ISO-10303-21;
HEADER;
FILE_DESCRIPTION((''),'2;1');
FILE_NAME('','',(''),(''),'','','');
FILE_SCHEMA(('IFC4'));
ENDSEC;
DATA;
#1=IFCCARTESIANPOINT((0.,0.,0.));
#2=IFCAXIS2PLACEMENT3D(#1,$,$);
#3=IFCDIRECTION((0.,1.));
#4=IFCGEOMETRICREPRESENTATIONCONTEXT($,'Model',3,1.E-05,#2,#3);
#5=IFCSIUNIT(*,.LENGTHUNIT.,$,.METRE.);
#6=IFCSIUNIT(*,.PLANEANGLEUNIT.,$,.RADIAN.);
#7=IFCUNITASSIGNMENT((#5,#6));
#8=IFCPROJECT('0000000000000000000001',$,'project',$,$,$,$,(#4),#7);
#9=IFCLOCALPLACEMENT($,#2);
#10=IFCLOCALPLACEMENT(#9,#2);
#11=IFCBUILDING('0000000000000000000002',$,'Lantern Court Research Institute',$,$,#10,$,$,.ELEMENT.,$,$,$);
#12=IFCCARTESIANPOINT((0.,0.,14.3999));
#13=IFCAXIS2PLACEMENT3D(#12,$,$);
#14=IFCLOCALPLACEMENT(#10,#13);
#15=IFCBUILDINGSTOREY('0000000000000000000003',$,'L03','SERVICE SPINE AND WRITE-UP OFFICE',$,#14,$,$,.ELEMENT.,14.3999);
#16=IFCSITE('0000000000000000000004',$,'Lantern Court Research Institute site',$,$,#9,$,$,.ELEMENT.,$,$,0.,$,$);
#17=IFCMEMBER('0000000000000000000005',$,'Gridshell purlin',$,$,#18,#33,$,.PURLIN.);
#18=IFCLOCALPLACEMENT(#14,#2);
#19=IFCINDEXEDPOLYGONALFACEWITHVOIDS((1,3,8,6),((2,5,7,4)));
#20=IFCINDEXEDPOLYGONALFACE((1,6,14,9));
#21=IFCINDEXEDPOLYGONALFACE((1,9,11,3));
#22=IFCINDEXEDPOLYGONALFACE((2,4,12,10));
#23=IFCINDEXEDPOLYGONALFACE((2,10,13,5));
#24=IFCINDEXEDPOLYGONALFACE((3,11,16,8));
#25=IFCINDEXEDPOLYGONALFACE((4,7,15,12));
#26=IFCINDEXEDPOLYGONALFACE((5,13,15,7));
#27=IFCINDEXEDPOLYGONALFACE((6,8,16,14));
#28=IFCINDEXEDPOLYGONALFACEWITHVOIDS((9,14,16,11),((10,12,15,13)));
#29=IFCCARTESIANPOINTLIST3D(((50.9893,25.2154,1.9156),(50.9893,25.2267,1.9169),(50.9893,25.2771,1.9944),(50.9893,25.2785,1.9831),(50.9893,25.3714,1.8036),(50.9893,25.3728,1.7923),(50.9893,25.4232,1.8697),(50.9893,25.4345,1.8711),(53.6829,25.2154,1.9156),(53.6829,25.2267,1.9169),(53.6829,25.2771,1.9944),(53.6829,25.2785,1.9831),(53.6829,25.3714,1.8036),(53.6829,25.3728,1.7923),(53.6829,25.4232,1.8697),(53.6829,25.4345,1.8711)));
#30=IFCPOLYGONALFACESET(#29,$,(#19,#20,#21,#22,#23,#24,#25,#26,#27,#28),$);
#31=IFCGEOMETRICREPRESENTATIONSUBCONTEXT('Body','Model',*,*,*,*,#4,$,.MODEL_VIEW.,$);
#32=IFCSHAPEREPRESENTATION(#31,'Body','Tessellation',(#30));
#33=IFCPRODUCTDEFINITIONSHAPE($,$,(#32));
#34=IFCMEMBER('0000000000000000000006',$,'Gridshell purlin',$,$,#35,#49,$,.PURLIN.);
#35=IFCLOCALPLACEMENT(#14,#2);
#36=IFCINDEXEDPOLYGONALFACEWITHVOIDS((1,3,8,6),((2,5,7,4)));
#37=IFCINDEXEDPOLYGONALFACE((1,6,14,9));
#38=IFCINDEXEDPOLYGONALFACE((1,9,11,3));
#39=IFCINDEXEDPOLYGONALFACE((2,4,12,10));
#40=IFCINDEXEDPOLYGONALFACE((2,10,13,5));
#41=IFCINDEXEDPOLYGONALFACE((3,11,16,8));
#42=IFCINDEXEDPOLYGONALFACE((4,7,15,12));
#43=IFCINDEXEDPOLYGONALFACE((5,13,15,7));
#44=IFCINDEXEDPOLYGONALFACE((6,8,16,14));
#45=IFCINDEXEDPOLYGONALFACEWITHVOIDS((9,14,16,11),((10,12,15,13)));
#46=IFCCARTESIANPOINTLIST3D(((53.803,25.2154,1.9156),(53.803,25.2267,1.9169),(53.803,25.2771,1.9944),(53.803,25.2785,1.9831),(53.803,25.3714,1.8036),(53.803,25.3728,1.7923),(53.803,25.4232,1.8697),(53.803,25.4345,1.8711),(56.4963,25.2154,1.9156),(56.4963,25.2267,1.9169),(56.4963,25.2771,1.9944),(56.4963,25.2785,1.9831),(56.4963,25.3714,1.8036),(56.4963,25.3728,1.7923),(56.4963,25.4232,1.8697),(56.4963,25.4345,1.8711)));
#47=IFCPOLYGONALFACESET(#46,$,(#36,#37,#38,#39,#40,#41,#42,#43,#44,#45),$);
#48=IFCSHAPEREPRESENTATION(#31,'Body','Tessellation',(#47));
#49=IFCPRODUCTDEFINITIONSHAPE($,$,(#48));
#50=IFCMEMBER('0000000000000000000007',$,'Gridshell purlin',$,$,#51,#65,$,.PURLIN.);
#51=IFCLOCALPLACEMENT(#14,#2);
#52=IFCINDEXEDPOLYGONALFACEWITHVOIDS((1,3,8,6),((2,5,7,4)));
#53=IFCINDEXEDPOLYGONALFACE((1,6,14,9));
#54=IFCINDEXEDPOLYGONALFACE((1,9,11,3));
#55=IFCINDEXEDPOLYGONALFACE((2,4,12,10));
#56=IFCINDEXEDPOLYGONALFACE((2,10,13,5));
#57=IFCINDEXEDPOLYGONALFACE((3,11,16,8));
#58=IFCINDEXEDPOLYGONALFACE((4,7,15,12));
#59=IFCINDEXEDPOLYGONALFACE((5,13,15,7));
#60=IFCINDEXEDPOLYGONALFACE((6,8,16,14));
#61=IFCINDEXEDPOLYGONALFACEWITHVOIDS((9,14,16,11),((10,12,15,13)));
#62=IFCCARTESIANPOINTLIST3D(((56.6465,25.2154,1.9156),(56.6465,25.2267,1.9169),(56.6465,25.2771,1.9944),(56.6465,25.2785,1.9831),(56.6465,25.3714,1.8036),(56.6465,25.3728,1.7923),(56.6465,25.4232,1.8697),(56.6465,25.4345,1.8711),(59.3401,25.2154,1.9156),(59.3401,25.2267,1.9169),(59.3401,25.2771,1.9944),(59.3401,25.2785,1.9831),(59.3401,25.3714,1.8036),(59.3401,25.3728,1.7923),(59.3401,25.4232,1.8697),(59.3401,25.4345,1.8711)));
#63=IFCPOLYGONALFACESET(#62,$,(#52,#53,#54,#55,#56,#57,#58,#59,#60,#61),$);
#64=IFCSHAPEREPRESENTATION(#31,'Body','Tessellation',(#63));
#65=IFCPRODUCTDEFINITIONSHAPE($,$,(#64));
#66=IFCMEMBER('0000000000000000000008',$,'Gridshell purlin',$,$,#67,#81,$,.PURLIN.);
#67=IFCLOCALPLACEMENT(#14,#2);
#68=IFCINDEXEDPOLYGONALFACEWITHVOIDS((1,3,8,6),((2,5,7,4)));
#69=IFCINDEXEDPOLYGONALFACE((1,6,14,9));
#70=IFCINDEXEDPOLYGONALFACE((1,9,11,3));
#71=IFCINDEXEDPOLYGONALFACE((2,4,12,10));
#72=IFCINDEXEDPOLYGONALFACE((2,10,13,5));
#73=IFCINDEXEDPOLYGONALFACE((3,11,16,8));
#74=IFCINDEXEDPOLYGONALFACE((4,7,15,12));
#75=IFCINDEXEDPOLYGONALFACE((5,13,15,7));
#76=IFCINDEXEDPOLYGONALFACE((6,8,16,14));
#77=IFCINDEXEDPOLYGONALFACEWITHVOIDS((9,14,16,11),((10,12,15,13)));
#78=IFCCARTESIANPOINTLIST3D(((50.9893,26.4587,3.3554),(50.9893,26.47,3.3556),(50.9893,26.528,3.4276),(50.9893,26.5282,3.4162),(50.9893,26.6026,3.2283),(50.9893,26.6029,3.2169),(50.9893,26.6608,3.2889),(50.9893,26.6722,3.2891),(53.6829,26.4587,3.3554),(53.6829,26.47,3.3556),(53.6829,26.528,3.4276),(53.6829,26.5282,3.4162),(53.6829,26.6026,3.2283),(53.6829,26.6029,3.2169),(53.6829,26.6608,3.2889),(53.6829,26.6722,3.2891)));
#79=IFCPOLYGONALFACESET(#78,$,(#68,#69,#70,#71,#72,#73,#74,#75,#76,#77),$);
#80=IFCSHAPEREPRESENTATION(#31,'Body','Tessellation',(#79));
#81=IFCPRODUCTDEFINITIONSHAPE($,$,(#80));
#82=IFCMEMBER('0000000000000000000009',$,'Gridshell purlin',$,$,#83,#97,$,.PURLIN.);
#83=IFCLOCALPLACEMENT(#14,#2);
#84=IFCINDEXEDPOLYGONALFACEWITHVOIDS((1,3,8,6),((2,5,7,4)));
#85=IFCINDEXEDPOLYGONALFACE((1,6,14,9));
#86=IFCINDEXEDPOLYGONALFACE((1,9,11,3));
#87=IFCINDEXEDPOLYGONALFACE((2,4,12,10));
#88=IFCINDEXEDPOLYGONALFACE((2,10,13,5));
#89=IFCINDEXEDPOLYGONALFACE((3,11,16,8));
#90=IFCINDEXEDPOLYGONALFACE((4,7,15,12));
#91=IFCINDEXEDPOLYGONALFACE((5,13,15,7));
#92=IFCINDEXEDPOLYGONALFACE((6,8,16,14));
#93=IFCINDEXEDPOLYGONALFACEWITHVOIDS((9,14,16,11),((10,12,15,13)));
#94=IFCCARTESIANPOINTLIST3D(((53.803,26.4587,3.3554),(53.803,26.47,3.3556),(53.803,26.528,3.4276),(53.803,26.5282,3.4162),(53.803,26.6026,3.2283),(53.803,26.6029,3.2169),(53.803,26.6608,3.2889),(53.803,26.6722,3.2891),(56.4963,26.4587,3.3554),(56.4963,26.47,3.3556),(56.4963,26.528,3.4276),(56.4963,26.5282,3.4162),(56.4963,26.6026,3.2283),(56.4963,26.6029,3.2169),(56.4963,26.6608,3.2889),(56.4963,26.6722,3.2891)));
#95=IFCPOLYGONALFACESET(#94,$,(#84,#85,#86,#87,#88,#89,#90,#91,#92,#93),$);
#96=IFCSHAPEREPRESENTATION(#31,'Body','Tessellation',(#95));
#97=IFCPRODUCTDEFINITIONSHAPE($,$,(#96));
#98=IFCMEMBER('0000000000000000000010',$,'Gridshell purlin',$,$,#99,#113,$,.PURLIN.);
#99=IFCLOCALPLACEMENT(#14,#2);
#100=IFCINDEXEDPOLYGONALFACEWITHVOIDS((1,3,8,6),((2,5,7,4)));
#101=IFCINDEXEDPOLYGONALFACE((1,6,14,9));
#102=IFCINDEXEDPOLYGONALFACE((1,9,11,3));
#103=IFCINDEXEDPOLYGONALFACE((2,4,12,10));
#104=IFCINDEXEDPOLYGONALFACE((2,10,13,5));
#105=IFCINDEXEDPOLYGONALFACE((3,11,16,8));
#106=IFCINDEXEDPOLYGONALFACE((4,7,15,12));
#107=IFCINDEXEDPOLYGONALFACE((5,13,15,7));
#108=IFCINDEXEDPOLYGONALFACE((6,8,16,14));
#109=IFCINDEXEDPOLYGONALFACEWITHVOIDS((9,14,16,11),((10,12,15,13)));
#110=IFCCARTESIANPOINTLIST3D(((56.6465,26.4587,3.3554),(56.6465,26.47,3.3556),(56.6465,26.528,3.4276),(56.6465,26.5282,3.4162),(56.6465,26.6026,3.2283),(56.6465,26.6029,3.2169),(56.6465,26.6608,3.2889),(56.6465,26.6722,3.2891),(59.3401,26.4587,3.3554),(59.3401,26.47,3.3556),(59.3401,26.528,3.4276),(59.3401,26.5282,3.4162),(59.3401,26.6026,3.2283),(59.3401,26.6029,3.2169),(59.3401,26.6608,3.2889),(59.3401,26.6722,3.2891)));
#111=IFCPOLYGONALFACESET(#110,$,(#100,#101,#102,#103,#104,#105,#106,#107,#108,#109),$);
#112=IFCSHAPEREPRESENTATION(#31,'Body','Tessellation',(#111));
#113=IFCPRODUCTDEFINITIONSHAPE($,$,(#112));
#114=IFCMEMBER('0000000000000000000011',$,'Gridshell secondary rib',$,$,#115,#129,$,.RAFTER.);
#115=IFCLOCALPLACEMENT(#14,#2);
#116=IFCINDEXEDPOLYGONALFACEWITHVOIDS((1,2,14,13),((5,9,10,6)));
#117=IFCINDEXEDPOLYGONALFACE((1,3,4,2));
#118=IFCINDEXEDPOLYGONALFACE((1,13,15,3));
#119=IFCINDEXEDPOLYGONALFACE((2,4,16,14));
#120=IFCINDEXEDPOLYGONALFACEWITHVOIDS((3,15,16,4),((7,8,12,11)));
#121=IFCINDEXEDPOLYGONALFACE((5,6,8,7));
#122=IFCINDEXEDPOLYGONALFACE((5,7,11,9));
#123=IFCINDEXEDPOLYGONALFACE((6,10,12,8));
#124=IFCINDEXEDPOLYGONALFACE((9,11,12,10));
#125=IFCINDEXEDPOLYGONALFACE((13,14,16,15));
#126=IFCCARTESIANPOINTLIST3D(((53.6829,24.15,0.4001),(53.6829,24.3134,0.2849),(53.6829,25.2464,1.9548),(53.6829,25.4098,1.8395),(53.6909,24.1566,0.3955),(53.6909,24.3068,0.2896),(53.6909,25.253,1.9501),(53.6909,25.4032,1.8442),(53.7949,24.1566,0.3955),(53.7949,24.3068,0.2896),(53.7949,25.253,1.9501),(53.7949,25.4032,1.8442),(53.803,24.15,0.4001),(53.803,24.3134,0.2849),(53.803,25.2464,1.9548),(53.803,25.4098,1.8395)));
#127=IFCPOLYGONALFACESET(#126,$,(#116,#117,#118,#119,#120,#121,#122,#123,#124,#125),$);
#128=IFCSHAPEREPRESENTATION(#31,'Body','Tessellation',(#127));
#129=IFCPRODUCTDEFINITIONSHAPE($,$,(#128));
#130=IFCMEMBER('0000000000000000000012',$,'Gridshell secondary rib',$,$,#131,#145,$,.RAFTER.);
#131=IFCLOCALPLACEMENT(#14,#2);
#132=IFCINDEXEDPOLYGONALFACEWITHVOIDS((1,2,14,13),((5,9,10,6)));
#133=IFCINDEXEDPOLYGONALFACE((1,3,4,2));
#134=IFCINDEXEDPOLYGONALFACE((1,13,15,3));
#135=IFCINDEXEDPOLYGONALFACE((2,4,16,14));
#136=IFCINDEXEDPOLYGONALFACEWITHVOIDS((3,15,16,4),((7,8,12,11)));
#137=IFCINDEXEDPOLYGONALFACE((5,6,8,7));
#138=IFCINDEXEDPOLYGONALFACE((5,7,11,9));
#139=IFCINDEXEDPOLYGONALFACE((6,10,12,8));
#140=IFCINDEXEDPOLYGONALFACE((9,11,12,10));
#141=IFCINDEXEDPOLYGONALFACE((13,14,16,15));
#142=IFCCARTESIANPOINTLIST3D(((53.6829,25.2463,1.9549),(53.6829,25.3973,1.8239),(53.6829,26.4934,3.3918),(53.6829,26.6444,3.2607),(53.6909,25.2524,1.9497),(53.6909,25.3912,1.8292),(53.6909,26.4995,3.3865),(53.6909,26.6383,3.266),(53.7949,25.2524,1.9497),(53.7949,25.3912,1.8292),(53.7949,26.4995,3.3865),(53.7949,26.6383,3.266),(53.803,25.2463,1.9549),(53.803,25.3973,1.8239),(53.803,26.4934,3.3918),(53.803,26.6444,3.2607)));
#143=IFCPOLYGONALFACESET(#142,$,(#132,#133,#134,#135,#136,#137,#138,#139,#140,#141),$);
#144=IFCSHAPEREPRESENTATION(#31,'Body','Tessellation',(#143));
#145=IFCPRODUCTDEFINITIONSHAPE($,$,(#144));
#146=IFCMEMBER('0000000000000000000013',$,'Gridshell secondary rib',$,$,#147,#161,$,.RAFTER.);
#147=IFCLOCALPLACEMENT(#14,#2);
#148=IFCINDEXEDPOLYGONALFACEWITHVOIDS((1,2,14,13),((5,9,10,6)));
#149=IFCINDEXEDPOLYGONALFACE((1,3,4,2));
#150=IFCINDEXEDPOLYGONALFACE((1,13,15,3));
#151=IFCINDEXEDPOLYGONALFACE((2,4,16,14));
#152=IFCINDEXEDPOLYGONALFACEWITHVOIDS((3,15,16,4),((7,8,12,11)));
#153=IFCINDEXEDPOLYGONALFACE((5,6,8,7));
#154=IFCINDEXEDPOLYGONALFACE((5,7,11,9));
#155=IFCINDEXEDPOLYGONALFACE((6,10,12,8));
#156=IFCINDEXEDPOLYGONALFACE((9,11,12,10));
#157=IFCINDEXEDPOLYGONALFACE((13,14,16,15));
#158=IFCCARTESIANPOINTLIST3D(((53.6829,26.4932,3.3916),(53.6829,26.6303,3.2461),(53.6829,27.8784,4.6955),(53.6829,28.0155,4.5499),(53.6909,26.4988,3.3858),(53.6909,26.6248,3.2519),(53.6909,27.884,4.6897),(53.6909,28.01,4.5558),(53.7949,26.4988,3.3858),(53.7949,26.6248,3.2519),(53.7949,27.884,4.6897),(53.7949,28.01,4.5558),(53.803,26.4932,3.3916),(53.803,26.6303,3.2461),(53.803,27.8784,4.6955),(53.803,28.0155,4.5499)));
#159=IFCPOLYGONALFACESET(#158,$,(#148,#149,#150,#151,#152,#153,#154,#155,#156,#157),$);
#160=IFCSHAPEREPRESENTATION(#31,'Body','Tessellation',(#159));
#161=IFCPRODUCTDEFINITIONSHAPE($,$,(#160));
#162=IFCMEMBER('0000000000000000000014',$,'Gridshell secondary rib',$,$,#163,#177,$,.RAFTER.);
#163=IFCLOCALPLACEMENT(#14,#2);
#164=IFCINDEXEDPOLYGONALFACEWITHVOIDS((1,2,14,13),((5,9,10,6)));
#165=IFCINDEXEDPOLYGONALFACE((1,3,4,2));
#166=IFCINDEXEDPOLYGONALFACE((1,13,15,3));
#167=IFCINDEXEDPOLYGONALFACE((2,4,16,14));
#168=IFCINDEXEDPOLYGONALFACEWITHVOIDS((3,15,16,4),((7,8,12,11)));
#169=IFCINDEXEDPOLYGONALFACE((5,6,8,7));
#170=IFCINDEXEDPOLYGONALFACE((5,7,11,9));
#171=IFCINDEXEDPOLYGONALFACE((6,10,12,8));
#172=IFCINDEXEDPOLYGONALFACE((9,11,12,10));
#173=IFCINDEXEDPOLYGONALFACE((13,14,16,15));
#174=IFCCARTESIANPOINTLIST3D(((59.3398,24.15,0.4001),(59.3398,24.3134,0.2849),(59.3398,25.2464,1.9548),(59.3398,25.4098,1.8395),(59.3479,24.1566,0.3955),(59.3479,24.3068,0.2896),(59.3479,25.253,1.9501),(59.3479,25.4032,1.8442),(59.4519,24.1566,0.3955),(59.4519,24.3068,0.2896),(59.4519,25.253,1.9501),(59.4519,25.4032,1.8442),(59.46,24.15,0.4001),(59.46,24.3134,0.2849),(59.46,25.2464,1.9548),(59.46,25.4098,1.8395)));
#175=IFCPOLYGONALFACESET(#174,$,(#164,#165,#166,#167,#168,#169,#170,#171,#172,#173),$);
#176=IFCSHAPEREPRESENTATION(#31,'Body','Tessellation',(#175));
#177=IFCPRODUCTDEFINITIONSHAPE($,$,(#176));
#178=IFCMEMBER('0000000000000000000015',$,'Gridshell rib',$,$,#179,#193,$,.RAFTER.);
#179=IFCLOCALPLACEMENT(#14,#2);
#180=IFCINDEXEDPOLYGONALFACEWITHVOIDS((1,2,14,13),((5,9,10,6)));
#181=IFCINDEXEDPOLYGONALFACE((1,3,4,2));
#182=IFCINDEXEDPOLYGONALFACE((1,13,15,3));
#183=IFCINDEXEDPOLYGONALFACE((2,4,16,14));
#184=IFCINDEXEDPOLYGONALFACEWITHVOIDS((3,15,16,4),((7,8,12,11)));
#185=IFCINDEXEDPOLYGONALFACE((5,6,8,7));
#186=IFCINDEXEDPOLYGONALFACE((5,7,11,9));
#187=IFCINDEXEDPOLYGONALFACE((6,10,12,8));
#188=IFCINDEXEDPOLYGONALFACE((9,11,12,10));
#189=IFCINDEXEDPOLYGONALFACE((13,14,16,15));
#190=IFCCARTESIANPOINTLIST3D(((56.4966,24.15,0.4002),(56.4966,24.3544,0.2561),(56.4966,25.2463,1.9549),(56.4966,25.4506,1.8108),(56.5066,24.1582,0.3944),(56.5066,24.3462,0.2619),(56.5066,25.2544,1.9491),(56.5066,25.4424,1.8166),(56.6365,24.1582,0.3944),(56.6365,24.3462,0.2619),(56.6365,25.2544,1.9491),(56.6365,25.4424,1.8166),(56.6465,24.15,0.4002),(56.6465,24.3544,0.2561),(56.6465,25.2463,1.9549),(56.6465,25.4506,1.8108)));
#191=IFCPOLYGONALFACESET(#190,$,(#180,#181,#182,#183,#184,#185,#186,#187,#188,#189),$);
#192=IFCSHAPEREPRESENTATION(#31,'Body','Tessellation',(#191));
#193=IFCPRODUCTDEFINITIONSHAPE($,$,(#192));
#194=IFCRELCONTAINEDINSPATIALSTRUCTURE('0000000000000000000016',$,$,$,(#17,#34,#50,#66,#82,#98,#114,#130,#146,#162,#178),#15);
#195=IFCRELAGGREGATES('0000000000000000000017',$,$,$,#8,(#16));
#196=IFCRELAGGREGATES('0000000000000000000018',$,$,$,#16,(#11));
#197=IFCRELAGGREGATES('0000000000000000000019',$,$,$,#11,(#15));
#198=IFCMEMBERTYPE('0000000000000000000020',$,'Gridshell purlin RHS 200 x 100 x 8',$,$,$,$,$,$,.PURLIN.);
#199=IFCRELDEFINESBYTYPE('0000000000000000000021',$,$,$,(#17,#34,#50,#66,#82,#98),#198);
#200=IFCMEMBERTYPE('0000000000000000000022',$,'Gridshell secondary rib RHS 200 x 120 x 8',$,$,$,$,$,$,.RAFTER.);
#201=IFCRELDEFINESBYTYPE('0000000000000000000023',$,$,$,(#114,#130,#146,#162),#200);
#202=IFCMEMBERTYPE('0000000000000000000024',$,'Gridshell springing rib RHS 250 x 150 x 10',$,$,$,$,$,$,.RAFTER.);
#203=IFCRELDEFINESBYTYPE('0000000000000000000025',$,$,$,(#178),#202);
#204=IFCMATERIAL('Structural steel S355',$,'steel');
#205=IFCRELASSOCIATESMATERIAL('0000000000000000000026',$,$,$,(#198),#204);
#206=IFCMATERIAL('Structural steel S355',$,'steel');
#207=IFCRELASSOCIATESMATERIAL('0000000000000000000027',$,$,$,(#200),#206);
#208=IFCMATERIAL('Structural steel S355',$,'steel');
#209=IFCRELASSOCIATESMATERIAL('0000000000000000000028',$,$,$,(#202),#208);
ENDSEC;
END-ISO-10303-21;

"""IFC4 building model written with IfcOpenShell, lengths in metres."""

from ifc_helpers import new_model, si_unit, direction, frame, origin, origin_2d, place, context, subcontext, project, spatial, hollow_rectangle, extrude, material, material_profile, profile_set, type_object, element, save


model = new_model("IFC4")

# Units and contexts
model_context = context("Model", 3, precision=1e-05, world=origin(), true_north=direction((0.0, 1.0)))
body_context = subcontext(model_context, "Body", "Model", "MODEL_VIEW")
ifc_project = project(units=[si_unit("LENGTHUNIT", "METRE"), si_unit("PLANEANGLEUNIT", "RADIAN")], contexts=[model_context])

# Site, building, storey
site_placement = place(None, origin())
site = spatial("IfcSite", under=ifc_project, at=site_placement, Name="Lantern Court Research Institute site", CompositionType="ELEMENT", RefElevation=0.0)
building_placement = place(site_placement, origin())
building = spatial("IfcBuilding", under=site, at=building_placement, Name="Lantern Court Research Institute", CompositionType="ELEMENT")
storey_placement = place(building_placement, frame((0.0, 0.0, 14.3999)))
storey = spatial("IfcBuildingStorey", under=building, at=storey_placement, Name="L03", Description="SERVICE SPINE AND WRITE-UP OFFICE", CompositionType="ELEMENT", Elevation=14.3999)

# Members
ifc_material_1 = material(Name="Structural steel S355", Category="steel")
ifc_material_profile_1 = material_profile(ifc_material_1, hollow_rectangle(XDim=0.1001, YDim=0.2, WallThickness=0.0081, at=origin_2d()), Name="Gridshell purlin RHS 200 x 100 x 8")
ifc_profile_set_1 = profile_set([ifc_material_profile_1], Name="Structural steel S355")
member_type_1 = type_object("IfcMemberType", Name="Gridshell purlin RHS 200 x 100 x 8", PredefinedType="PURLIN", material=ifc_profile_set_1)
member_1_placement = place(storey_placement, frame((50.9893, 25.325, 1.8933), z_axis=(1.0, 0.0, 0.0), x_axis=(0.0, 0.616657, 0.787232)))
element("IfcMember", 1, at=member_1_placement, inside=storey, type_object=member_type_1, Name="Gridshell purlin", PredefinedType="PURLIN", context=body_context, shape_type="SweptSolid", body=[
    extrude(hollow_rectangle(XDim=0.1001, YDim=0.2, WallThickness=0.0081, at=origin_2d()), origin(), (0.0, 0.0, 1.0), 2.6936),
])
member_2_placement = place(storey_placement, frame((53.803, 25.325, 1.8933), z_axis=(1.0, 0.0, 0.0), x_axis=(0.0, 0.616657, 0.787232)))
element("IfcMember", 2, at=member_2_placement, inside=storey, type_object=member_type_1, Name="Gridshell purlin", PredefinedType="PURLIN", context=body_context, shape_type="SweptSolid", body=[
    extrude(hollow_rectangle(XDim=0.1001, YDim=0.2, WallThickness=0.0081, at=origin_2d()), origin(), (0.0, 0.0, 1.0), 2.6934),
])
for number, where, z_axis, x_axis, name in (
    (3, (56.6465, 25.325, 1.8933), (1.0, 0.0, 0.0), (0.0, 0.616657, 0.787232), "Gridshell purlin"),
    (4, (50.9893, 26.5654, 3.3223), (1.0, 0.0, 0.0), (0.0, 0.692674, 0.721251), "Gridshell purlin"),
):
    element("IfcMember", number, at=place(storey_placement, frame(where, z_axis=z_axis, x_axis=x_axis)), inside=storey, type_object=member_type_1, Name=name, PredefinedType="PURLIN", context=body_context, shape_type="SweptSolid", body=[
        extrude(hollow_rectangle(XDim=0.1001, YDim=0.2, WallThickness=0.0081, at=origin_2d()), origin(), (0.0, 0.0, 1.0), 2.6936),
    ])
member_3_placement = place(storey_placement, frame((53.803, 26.5654, 3.3223), z_axis=(1.0, 0.0, 0.0), x_axis=(0.0, 0.692674, 0.721251)))
element("IfcMember", 5, at=member_3_placement, inside=storey, type_object=member_type_1, Name="Gridshell purlin", PredefinedType="PURLIN", context=body_context, shape_type="SweptSolid", body=[
    extrude(hollow_rectangle(XDim=0.1001, YDim=0.2, WallThickness=0.0081, at=origin_2d()), origin(), (0.0, 0.0, 1.0), 2.6934),
])
member_4_placement = place(storey_placement, frame((56.6465, 26.5654, 3.3223), z_axis=(1.0, 0.0, 0.0), x_axis=(0.0, 0.692674, 0.721251)))
element("IfcMember", 6, at=member_4_placement, inside=storey, type_object=member_type_1, Name="Gridshell purlin", PredefinedType="PURLIN", context=body_context, shape_type="SweptSolid", body=[
    extrude(hollow_rectangle(XDim=0.1001, YDim=0.2, WallThickness=0.0081, at=origin_2d()), origin(), (0.0, 0.0, 1.0), 2.6936),
])
ifc_material_2 = material(Name="Structural steel S355", Category="steel")
ifc_material_profile_2 = material_profile(ifc_material_2, hollow_rectangle(XDim=0.1201, YDim=0.2, WallThickness=0.0081, at=origin_2d()), Name="Gridshell secondary rib RHS 200 x 120 x 8")
ifc_profile_set_2 = profile_set([ifc_material_profile_2], Name="Structural steel S355")
member_type_2 = type_object("IfcMemberType", Name="Gridshell secondary rib RHS 200 x 120 x 8", PredefinedType="RAFTER", material=ifc_profile_set_2)
member_5_placement = place(storey_placement, frame((53.7429, 24.2317, 0.3425), z_axis=(0.0, 0.576335, 0.817213), x_axis=(-1.0, 0.0, 0.0)))
element("IfcMember", 7, at=member_5_placement, inside=storey, type_object=member_type_2, Name="Gridshell secondary rib", PredefinedType="RAFTER", context=body_context, shape_type="SweptSolid", body=[
    extrude(hollow_rectangle(XDim=0.1201, YDim=0.2, WallThickness=0.0081, at=origin_2d()), origin(), (0.0, 0.0, 1.0), 1.9023),
])
member_6_placement = place(storey_placement, frame((53.7429, 25.3218, 1.8894), z_axis=(0.0, 0.655492, 0.755202), x_axis=(-1.0, 0.0, 0.0)))
element("IfcMember", 8, at=member_6_placement, inside=storey, type_object=member_type_2, Name="Gridshell secondary rib", PredefinedType="RAFTER", context=body_context, shape_type="SweptSolid", body=[
    extrude(hollow_rectangle(XDim=0.1201, YDim=0.2, WallThickness=0.0081, at=origin_2d()), origin(), (0.0, 0.0, 1.0), 1.9026),
])
for number, where, z_axis, x_axis, name in (
    (9, (53.7429, 26.5618, 3.3188), (0.0, 0.728151, 0.685417), (-1.0, 0.0, 0.0), "Gridshell secondary rib"),
    (10, (59.3999, 24.2317, 0.3425), (0.0, 0.576335, 0.817213), (-1.0, 0.0, 0.0), "Gridshell secondary rib"),
):
    element("IfcMember", number, at=place(storey_placement, frame(where, z_axis=z_axis, x_axis=x_axis)), inside=storey, type_object=member_type_2, Name=name, PredefinedType="RAFTER", context=body_context, shape_type="SweptSolid", body=[
        extrude(hollow_rectangle(XDim=0.1201, YDim=0.2, WallThickness=0.0081, at=origin_2d()), origin(), (0.0, 0.0, 1.0), 1.9023),
    ])
ifc_material_3 = material(Name="Structural steel S355", Category="steel")
ifc_material_profile_3 = material_profile(ifc_material_3, hollow_rectangle(XDim=0.1499, YDim=0.25, WallThickness=0.01, at=origin_2d()), Name="Gridshell springing rib RHS 250 x 150 x 10")
ifc_profile_set_3 = profile_set([ifc_material_profile_3], Name="Structural steel S355")
member_type_3 = type_object("IfcMemberType", Name="Gridshell springing rib RHS 250 x 150 x 10", PredefinedType="RAFTER", material=ifc_profile_set_3)
member_7_placement = place(storey_placement, frame((56.5715, 24.2522, 0.3281), z_axis=(0.0, 0.57625, 0.817274), x_axis=(-1.0, 0.0, 0.0)))
element("IfcMember", 11, at=member_7_placement, inside=storey, type_object=member_type_3, Name="Gridshell rib", PredefinedType="RAFTER", context=body_context, shape_type="SweptSolid", body=[
    extrude(hollow_rectangle(XDim=0.1499, YDim=0.25, WallThickness=0.01, at=origin_2d()), origin(), (0.0, 0.0, 1.0), 1.9023),
])

save(model, "model.ifc")
